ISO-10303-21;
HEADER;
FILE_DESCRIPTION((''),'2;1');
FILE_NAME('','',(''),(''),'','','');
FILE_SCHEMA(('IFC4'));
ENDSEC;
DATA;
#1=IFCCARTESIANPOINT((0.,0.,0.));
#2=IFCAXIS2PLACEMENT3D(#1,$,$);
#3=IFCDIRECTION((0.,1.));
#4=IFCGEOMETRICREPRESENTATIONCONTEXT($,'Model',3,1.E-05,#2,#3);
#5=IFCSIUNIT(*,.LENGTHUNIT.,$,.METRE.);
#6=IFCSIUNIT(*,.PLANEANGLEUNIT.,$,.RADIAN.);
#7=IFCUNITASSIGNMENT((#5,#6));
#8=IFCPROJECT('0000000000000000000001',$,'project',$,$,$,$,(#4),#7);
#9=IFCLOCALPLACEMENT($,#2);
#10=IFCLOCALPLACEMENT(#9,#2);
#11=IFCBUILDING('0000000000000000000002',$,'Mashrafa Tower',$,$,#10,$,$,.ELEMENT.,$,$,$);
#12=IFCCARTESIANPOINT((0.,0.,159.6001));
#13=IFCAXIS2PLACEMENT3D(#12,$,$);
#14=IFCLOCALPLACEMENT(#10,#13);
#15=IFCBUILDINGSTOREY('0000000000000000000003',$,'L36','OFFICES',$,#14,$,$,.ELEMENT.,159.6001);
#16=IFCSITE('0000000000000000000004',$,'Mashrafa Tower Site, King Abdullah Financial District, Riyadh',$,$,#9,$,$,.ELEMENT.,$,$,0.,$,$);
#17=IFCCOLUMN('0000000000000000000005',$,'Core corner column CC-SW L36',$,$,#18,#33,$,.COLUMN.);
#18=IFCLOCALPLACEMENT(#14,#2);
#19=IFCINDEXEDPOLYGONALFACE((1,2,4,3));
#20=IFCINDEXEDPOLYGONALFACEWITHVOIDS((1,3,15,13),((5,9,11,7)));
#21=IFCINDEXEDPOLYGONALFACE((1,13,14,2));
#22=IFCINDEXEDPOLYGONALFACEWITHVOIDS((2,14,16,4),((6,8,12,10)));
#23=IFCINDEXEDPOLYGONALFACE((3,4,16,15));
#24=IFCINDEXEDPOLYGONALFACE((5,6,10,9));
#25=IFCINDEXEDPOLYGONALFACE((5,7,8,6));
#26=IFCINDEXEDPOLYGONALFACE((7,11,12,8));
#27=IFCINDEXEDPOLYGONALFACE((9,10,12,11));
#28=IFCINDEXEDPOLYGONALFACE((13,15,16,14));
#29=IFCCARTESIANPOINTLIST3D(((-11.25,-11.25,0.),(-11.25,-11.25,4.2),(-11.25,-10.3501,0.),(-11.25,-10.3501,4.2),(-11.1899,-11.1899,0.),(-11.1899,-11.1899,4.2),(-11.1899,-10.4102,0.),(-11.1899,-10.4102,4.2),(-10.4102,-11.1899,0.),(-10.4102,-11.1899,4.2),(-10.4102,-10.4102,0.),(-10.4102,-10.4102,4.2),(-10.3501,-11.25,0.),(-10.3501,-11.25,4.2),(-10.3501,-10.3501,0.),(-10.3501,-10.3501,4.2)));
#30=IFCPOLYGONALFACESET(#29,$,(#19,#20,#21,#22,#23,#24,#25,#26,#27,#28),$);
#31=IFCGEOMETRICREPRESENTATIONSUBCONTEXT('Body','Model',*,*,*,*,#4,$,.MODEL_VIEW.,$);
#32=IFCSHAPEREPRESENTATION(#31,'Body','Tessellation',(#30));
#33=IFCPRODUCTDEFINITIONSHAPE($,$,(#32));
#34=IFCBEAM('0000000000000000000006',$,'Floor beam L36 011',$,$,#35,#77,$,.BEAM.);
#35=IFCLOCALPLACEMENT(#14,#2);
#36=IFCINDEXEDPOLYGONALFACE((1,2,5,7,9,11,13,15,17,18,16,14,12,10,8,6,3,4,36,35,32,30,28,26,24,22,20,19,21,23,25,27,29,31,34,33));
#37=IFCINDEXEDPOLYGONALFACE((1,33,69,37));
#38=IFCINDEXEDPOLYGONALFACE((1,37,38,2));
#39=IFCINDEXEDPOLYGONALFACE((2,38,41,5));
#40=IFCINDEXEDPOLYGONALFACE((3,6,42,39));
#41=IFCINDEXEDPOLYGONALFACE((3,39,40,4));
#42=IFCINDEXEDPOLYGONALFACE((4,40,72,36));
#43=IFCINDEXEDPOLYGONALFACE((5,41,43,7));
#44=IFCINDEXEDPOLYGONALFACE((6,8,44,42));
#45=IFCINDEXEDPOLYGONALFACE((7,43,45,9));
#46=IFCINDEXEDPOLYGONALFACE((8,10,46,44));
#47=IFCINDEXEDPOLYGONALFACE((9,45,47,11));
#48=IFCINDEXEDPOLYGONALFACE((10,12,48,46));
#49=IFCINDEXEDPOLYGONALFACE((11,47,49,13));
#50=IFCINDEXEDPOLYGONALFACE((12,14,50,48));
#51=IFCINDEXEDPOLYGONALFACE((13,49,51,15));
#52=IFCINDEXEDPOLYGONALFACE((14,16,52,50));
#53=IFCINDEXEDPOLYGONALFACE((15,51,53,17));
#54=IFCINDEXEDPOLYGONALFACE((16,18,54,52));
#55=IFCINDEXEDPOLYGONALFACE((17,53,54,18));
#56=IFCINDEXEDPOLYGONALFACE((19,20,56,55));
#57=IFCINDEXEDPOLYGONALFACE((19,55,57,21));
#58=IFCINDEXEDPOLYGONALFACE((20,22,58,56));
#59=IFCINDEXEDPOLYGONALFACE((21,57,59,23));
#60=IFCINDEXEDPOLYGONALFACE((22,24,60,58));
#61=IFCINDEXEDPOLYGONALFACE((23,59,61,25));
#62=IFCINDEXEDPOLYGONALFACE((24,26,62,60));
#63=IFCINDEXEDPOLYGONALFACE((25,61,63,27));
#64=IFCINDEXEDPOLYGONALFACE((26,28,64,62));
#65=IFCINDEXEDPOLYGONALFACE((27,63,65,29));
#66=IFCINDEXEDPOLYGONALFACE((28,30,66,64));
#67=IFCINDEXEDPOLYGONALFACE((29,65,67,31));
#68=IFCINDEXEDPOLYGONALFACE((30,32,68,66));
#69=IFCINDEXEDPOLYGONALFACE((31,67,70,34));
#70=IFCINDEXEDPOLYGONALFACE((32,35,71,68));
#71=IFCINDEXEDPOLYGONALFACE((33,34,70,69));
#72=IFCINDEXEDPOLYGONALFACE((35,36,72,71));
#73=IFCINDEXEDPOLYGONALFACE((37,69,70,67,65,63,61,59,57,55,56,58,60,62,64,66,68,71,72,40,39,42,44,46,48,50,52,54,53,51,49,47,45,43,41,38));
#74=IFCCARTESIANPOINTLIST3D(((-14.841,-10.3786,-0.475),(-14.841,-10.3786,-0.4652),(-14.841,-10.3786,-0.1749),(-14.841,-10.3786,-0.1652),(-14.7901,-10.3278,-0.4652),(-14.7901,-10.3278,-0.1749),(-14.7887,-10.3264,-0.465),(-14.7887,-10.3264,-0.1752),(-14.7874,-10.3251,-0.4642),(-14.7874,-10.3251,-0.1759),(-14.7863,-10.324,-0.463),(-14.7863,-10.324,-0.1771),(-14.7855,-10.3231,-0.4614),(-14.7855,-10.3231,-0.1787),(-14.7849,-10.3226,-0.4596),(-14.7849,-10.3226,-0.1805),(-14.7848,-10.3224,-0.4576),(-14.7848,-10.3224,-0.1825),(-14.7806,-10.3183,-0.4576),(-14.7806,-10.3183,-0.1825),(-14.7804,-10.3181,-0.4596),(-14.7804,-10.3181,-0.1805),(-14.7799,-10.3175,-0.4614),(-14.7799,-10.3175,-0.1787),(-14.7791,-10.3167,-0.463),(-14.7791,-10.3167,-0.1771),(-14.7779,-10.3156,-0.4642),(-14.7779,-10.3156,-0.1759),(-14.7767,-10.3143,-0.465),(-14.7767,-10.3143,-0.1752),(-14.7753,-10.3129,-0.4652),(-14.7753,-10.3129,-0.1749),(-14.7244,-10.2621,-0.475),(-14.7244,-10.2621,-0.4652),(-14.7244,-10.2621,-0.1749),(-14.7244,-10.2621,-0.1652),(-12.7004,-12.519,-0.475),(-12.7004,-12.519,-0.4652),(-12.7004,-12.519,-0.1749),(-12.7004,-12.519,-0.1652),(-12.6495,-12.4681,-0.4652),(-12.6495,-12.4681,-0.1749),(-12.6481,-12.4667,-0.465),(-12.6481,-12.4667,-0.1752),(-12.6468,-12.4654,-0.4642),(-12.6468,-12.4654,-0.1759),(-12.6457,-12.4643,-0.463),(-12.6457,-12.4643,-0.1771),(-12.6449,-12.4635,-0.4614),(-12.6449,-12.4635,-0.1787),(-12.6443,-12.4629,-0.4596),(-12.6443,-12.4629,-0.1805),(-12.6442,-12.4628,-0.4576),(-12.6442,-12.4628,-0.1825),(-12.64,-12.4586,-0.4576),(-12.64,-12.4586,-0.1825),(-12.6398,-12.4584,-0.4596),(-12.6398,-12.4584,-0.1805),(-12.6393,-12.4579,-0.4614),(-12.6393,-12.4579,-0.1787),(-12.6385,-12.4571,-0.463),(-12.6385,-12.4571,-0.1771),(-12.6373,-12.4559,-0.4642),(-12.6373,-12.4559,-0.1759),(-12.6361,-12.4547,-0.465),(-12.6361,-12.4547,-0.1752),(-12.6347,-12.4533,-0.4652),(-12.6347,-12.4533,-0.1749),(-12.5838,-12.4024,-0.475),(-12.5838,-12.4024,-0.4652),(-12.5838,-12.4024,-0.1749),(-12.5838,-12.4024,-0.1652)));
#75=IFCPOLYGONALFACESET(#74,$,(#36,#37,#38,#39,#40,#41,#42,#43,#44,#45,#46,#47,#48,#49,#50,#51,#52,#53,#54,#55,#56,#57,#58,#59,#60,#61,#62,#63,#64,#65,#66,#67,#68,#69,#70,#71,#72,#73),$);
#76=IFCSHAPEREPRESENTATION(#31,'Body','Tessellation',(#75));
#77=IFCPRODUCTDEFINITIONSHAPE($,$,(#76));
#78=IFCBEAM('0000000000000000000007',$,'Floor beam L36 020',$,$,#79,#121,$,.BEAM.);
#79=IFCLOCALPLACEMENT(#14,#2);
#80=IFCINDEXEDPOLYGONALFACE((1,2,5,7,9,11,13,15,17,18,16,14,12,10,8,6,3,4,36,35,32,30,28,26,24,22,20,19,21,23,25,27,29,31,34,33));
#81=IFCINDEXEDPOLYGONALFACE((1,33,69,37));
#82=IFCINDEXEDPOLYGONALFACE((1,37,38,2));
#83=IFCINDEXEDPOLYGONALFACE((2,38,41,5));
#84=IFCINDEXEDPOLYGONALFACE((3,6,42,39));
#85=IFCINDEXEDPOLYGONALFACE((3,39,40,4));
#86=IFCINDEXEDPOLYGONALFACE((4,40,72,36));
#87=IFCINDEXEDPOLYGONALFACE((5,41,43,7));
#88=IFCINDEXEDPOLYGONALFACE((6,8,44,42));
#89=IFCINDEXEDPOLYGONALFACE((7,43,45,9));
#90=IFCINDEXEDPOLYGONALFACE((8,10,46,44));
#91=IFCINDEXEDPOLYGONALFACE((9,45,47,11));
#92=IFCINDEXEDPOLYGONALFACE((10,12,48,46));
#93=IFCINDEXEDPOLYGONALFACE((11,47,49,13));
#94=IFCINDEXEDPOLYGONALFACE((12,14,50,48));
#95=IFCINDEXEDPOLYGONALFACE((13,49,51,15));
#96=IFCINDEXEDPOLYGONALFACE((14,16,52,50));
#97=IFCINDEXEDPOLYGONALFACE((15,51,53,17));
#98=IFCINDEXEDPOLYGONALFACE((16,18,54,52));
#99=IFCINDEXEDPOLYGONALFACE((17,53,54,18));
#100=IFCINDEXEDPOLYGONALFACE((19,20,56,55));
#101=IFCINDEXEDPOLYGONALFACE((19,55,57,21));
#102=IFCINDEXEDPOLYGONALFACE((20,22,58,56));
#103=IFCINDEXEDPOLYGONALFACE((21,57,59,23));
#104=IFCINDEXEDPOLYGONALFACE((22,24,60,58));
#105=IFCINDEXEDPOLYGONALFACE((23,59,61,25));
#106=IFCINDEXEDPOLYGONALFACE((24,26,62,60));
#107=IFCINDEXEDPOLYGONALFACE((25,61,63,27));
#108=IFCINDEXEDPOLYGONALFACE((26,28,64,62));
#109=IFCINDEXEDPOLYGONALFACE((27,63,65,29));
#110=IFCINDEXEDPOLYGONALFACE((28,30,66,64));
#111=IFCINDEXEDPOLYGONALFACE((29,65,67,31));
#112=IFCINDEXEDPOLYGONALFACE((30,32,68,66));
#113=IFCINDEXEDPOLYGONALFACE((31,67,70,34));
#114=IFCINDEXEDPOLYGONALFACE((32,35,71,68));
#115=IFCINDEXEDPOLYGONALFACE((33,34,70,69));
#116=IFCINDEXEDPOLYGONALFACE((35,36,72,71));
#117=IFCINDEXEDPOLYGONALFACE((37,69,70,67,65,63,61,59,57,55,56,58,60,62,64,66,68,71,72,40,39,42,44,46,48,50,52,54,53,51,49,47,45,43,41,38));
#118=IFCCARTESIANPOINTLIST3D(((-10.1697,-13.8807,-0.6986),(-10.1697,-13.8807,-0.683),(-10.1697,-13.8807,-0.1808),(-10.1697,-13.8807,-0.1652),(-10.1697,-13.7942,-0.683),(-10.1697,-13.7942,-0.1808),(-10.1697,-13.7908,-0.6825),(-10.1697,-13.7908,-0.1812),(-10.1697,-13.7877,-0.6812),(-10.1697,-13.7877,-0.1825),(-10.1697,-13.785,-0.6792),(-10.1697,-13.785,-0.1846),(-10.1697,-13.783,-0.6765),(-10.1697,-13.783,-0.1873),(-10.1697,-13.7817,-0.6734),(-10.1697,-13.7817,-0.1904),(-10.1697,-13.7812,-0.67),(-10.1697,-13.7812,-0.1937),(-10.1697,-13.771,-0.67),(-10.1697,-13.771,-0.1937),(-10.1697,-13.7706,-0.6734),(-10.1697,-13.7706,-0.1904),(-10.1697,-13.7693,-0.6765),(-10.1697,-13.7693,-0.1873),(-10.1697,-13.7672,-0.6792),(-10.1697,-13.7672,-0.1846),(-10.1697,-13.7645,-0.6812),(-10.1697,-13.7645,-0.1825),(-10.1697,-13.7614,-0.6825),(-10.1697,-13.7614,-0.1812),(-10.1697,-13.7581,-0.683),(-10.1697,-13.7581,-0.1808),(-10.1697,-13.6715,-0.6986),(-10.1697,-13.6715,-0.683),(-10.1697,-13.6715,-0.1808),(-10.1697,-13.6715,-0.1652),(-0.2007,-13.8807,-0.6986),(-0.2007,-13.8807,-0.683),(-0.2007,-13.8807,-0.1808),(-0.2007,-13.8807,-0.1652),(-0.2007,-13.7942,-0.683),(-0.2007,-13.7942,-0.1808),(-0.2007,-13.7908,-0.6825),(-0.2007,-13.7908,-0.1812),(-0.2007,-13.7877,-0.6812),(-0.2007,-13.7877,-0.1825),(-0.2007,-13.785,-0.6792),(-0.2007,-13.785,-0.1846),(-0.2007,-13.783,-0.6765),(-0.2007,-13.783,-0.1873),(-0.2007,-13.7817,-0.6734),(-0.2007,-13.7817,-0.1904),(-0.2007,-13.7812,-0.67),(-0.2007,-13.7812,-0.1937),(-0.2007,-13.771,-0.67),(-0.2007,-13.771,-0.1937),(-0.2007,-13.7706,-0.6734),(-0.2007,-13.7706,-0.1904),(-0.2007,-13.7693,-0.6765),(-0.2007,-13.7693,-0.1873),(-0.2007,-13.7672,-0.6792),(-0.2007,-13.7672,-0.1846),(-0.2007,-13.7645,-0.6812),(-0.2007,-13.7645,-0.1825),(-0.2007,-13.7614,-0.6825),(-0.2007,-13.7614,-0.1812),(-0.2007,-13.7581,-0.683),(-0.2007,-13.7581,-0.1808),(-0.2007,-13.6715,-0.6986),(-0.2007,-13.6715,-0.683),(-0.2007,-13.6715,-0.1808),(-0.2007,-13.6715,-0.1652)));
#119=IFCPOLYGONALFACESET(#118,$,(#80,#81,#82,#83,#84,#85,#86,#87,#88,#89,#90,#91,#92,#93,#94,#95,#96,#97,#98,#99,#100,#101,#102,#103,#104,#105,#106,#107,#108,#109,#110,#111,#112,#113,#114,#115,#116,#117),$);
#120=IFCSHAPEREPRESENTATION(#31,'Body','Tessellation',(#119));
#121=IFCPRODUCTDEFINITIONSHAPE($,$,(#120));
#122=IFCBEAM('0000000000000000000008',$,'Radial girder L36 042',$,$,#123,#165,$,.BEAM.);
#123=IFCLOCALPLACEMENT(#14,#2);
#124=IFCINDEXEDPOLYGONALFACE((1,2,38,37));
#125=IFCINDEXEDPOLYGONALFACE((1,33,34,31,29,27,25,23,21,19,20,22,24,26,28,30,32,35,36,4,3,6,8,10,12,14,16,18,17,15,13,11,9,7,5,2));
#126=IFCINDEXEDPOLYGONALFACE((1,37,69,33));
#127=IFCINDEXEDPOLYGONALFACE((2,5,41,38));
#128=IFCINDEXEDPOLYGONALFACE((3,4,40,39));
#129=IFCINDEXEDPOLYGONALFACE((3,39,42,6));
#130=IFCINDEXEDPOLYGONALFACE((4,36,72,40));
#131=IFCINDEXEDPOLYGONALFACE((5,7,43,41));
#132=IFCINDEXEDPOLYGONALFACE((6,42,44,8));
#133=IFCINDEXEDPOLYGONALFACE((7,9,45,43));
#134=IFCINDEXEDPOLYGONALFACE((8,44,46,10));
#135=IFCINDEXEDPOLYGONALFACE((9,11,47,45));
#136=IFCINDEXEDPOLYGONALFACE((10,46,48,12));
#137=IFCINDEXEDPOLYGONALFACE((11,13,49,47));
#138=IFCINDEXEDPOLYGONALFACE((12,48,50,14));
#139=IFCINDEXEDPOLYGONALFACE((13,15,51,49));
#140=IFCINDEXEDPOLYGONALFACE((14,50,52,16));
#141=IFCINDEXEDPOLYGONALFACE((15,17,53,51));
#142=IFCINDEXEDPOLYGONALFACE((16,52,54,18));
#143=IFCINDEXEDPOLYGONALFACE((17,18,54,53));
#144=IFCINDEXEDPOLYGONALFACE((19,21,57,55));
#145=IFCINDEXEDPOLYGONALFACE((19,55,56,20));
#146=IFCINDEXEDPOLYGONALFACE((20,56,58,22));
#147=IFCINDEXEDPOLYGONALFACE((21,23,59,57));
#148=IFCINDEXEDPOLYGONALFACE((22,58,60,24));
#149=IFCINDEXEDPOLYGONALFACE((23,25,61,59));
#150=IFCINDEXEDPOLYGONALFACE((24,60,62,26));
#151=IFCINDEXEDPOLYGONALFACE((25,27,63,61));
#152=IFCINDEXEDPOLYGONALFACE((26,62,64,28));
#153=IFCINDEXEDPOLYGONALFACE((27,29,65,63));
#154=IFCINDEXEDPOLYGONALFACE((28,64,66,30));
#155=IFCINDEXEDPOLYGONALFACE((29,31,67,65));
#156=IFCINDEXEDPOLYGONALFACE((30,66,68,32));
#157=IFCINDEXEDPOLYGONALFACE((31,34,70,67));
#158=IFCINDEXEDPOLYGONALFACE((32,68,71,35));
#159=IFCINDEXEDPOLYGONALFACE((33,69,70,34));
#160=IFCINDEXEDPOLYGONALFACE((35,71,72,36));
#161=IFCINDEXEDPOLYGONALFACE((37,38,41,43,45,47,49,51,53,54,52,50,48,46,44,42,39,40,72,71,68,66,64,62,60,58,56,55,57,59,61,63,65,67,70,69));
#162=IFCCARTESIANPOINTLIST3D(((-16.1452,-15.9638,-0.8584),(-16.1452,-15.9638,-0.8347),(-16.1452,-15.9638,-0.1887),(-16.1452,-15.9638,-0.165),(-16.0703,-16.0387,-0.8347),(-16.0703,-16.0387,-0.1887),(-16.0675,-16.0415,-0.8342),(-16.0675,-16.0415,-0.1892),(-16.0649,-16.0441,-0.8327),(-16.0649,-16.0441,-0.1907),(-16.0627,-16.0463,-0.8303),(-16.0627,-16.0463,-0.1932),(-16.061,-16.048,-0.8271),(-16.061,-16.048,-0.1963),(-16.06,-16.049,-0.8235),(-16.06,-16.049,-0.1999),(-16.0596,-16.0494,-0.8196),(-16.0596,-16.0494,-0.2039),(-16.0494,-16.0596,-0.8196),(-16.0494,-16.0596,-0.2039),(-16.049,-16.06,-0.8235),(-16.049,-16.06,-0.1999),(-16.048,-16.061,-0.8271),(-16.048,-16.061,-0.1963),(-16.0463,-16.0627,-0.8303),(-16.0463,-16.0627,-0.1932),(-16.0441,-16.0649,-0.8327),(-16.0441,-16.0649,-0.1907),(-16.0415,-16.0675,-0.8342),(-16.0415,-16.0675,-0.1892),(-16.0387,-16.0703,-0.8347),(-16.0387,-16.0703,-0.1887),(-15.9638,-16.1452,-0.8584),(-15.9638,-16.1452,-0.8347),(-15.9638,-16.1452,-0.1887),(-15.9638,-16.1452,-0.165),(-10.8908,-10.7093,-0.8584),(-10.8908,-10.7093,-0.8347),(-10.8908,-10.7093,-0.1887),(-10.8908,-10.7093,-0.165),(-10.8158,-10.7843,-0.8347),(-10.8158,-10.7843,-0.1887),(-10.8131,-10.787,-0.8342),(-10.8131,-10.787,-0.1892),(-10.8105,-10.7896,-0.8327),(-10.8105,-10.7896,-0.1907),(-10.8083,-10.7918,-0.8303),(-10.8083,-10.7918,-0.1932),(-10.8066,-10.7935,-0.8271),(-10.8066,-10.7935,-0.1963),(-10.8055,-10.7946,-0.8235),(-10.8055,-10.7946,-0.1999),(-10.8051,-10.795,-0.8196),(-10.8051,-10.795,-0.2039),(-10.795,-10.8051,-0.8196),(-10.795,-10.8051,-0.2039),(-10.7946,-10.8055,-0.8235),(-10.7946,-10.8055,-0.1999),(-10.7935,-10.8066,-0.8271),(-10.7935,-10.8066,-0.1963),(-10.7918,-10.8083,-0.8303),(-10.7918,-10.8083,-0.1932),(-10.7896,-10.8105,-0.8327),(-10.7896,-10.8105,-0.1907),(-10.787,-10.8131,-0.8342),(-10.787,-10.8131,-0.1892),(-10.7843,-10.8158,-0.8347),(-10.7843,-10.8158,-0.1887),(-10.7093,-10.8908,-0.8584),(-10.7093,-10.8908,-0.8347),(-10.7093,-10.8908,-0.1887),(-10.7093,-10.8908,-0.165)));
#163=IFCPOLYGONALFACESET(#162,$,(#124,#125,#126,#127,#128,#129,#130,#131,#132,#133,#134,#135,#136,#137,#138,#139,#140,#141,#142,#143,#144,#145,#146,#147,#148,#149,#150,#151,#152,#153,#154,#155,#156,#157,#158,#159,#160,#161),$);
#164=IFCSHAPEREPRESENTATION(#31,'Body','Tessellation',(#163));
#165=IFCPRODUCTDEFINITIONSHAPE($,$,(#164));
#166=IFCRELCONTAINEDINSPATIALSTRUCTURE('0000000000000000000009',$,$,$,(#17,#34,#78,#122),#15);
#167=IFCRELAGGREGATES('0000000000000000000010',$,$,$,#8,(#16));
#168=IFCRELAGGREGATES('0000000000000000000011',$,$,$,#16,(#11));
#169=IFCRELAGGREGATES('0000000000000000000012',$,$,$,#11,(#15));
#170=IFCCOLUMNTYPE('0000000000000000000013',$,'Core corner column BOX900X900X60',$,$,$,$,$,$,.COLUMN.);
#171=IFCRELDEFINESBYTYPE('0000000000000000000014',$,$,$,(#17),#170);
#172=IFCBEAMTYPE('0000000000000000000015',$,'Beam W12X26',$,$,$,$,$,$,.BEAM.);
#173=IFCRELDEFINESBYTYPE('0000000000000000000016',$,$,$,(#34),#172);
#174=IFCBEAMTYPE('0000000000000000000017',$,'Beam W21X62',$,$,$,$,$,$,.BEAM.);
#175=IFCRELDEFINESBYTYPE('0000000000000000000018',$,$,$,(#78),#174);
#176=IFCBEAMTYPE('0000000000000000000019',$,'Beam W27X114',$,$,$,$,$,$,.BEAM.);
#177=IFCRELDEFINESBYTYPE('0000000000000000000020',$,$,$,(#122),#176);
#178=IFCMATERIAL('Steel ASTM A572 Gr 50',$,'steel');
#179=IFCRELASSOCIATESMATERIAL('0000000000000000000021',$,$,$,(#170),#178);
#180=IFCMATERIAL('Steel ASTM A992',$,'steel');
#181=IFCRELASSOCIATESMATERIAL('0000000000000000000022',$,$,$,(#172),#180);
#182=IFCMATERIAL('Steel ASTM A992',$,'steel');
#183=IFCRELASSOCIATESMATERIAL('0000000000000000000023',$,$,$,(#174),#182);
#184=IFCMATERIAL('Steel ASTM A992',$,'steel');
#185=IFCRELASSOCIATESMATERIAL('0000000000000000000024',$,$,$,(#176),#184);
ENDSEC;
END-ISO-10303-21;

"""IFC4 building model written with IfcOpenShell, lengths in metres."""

from ifc_helpers import new_model, si_unit, direction, frame, origin, origin_2d, place, context, subcontext, project, spatial, hollow_rectangle, i_section, extrude, material, material_profile, profile_set, type_object, element, save


model = new_model("IFC4")

# Units and contexts
model_context = context("Model", 3, precision=1e-05, world=origin(), true_north=direction((0.0, 1.0)))
body_context = subcontext(model_context, "Body", "Model", "MODEL_VIEW")
ifc_project = project(units=[si_unit("LENGTHUNIT", "METRE"), si_unit("PLANEANGLEUNIT", "RADIAN")], contexts=[model_context])

# Site, building, storey
site_placement = place(None, origin())
site = spatial("IfcSite", under=ifc_project, at=site_placement, Name="Mashrafa Tower Site, King Abdullah Financial District, Riyadh", CompositionType="ELEMENT", RefElevation=0.0)
building_placement = place(site_placement, origin())
building = spatial("IfcBuilding", under=site, at=building_placement, Name="Mashrafa Tower", CompositionType="ELEMENT")
storey_placement = place(building_placement, frame((0.0, 0.0, 159.6001)))
storey = spatial("IfcBuildingStorey", under=building, at=storey_placement, Name="L36", Description="OFFICES", CompositionType="ELEMENT", Elevation=159.6001)

# Column
ifc_material_1 = material(Name="Steel ASTM A572 Gr 50", Category="steel")
ifc_material_profile_1 = material_profile(ifc_material_1, hollow_rectangle(XDim=0.8999, YDim=0.8999, WallThickness=0.0601, at=origin_2d()), Name="BOX900X900X60")
ifc_profile_set_1 = profile_set([ifc_material_profile_1], Name="Steel ASTM A572 Gr 50")
column_type = type_object("IfcColumnType", Name="Core corner column BOX900X900X60", PredefinedType="COLUMN", material=ifc_profile_set_1)
column_placement = place(storey_placement, frame((-10.8, -10.8, 0.0), z_axis=(0.0, 0.0, 1.0), x_axis=(1.0, 0.0, 0.0)))
element("IfcColumn", 1, at=column_placement, inside=storey, type_object=column_type, Name="Core corner column CC-SW L36", PredefinedType="COLUMN", context=body_context, shape_type="SweptSolid", body=[
    extrude(hollow_rectangle(XDim=0.8999, YDim=0.8999, WallThickness=0.0601, at=origin_2d()), origin(), (0.0, 0.0, 1.0), 4.2),
])

# Beams
ifc_material_2 = material(Name="Steel ASTM A992", Category="steel")
ifc_material_profile_2 = material_profile(ifc_material_2, i_section(OverallWidth=0.1648, OverallDepth=0.3098, WebThickness=0.0059, FlangeThickness=0.0098, FilletRadius=0.0076, at=origin_2d()), Name="W12X26")
ifc_profile_set_2 = profile_set([ifc_material_profile_2], Name="Steel ASTM A992")
beam_type_1 = type_object("IfcBeamType", Name="Beam W12X26", PredefinedType="BEAM", material=ifc_profile_set_2)
beam_1_placement = place(storey_placement, frame((-12.6421, -12.4607, -0.3201), z_axis=(-0.707147, 0.707066, 0.0), x_axis=(-0.707066, -0.707147, 0.0)))
element("IfcBeam", 2, at=beam_1_placement, inside=storey, type_object=beam_type_1, Name="Floor beam L36 011", PredefinedType="BEAM", context=body_context, shape_type="SweptSolid", body=[
    extrude(i_section(OverallWidth=0.1648, OverallDepth=0.3098, WebThickness=0.0059, FlangeThickness=0.0098, FilletRadius=0.0076, at=origin_2d()), origin(), (0.0, 0.0, 1.0), 3.0271),
])
ifc_material_3 = material(Name="Steel ASTM A992", Category="steel")
ifc_material_profile_3 = material_profile(ifc_material_3, i_section(OverallWidth=0.2092, OverallDepth=0.5334, WebThickness=0.0103, FlangeThickness=0.0156, FilletRadius=0.0129, at=origin_2d()), Name="W21X62")
ifc_profile_set_3 = profile_set([ifc_material_profile_3], Name="Steel ASTM A992")
beam_type_2 = type_object("IfcBeamType", Name="Beam W21X62", PredefinedType="BEAM", material=ifc_profile_set_3)
beam_2_placement = place(storey_placement, frame((-0.2007, -13.7761, -0.4319), z_axis=(-1.0, 0.0, 0.0), x_axis=(0.0, -1.0, 0.0)))
element("IfcBeam", 3, at=beam_2_placement, inside=storey, type_object=beam_type_2, Name="Floor beam L36 020", PredefinedType="BEAM", context=body_context, shape_type="SweptSolid", body=[
    extrude(i_section(OverallWidth=0.2092, OverallDepth=0.5334, WebThickness=0.0103, FlangeThickness=0.0156, FilletRadius=0.0129, at=origin_2d()), origin(), (0.0, 0.0, 1.0), 9.969),
])
ifc_material_4 = material(Name="Steel ASTM A992", Category="steel")
ifc_material_profile_4 = material_profile(ifc_material_4, i_section(OverallWidth=0.2566, OverallDepth=0.6934, WebThickness=0.0144, FlangeThickness=0.0237, FilletRadius=0.0151, at=origin_2d()), Name="W27X114")
ifc_profile_set_4 = profile_set([ifc_material_profile_4], Name="Steel ASTM A992")
beam_type_3 = type_object("IfcBeamType", Name="Beam W27X114", PredefinedType="BEAM", material=ifc_profile_set_4)
beam_3_placement = place(storey_placement, frame((-10.8, -10.8, -0.5117), z_axis=(-0.707107, -0.707107, 0.0), x_axis=(0.707107, -0.707107, 0.0)))
element("IfcBeam", 4, at=beam_3_placement, inside=storey, type_object=beam_type_3, Name="Radial girder L36 042", PredefinedType="BEAM", context=body_context, shape_type="SweptSolid", body=[
    extrude(i_section(OverallWidth=0.2566, OverallDepth=0.6934, WebThickness=0.0144, FlangeThickness=0.0237, FilletRadius=0.0151, at=origin_2d()), origin(), (0.0, 0.0, 1.0), 7.4309),
])

save(model, "model.ifc")
